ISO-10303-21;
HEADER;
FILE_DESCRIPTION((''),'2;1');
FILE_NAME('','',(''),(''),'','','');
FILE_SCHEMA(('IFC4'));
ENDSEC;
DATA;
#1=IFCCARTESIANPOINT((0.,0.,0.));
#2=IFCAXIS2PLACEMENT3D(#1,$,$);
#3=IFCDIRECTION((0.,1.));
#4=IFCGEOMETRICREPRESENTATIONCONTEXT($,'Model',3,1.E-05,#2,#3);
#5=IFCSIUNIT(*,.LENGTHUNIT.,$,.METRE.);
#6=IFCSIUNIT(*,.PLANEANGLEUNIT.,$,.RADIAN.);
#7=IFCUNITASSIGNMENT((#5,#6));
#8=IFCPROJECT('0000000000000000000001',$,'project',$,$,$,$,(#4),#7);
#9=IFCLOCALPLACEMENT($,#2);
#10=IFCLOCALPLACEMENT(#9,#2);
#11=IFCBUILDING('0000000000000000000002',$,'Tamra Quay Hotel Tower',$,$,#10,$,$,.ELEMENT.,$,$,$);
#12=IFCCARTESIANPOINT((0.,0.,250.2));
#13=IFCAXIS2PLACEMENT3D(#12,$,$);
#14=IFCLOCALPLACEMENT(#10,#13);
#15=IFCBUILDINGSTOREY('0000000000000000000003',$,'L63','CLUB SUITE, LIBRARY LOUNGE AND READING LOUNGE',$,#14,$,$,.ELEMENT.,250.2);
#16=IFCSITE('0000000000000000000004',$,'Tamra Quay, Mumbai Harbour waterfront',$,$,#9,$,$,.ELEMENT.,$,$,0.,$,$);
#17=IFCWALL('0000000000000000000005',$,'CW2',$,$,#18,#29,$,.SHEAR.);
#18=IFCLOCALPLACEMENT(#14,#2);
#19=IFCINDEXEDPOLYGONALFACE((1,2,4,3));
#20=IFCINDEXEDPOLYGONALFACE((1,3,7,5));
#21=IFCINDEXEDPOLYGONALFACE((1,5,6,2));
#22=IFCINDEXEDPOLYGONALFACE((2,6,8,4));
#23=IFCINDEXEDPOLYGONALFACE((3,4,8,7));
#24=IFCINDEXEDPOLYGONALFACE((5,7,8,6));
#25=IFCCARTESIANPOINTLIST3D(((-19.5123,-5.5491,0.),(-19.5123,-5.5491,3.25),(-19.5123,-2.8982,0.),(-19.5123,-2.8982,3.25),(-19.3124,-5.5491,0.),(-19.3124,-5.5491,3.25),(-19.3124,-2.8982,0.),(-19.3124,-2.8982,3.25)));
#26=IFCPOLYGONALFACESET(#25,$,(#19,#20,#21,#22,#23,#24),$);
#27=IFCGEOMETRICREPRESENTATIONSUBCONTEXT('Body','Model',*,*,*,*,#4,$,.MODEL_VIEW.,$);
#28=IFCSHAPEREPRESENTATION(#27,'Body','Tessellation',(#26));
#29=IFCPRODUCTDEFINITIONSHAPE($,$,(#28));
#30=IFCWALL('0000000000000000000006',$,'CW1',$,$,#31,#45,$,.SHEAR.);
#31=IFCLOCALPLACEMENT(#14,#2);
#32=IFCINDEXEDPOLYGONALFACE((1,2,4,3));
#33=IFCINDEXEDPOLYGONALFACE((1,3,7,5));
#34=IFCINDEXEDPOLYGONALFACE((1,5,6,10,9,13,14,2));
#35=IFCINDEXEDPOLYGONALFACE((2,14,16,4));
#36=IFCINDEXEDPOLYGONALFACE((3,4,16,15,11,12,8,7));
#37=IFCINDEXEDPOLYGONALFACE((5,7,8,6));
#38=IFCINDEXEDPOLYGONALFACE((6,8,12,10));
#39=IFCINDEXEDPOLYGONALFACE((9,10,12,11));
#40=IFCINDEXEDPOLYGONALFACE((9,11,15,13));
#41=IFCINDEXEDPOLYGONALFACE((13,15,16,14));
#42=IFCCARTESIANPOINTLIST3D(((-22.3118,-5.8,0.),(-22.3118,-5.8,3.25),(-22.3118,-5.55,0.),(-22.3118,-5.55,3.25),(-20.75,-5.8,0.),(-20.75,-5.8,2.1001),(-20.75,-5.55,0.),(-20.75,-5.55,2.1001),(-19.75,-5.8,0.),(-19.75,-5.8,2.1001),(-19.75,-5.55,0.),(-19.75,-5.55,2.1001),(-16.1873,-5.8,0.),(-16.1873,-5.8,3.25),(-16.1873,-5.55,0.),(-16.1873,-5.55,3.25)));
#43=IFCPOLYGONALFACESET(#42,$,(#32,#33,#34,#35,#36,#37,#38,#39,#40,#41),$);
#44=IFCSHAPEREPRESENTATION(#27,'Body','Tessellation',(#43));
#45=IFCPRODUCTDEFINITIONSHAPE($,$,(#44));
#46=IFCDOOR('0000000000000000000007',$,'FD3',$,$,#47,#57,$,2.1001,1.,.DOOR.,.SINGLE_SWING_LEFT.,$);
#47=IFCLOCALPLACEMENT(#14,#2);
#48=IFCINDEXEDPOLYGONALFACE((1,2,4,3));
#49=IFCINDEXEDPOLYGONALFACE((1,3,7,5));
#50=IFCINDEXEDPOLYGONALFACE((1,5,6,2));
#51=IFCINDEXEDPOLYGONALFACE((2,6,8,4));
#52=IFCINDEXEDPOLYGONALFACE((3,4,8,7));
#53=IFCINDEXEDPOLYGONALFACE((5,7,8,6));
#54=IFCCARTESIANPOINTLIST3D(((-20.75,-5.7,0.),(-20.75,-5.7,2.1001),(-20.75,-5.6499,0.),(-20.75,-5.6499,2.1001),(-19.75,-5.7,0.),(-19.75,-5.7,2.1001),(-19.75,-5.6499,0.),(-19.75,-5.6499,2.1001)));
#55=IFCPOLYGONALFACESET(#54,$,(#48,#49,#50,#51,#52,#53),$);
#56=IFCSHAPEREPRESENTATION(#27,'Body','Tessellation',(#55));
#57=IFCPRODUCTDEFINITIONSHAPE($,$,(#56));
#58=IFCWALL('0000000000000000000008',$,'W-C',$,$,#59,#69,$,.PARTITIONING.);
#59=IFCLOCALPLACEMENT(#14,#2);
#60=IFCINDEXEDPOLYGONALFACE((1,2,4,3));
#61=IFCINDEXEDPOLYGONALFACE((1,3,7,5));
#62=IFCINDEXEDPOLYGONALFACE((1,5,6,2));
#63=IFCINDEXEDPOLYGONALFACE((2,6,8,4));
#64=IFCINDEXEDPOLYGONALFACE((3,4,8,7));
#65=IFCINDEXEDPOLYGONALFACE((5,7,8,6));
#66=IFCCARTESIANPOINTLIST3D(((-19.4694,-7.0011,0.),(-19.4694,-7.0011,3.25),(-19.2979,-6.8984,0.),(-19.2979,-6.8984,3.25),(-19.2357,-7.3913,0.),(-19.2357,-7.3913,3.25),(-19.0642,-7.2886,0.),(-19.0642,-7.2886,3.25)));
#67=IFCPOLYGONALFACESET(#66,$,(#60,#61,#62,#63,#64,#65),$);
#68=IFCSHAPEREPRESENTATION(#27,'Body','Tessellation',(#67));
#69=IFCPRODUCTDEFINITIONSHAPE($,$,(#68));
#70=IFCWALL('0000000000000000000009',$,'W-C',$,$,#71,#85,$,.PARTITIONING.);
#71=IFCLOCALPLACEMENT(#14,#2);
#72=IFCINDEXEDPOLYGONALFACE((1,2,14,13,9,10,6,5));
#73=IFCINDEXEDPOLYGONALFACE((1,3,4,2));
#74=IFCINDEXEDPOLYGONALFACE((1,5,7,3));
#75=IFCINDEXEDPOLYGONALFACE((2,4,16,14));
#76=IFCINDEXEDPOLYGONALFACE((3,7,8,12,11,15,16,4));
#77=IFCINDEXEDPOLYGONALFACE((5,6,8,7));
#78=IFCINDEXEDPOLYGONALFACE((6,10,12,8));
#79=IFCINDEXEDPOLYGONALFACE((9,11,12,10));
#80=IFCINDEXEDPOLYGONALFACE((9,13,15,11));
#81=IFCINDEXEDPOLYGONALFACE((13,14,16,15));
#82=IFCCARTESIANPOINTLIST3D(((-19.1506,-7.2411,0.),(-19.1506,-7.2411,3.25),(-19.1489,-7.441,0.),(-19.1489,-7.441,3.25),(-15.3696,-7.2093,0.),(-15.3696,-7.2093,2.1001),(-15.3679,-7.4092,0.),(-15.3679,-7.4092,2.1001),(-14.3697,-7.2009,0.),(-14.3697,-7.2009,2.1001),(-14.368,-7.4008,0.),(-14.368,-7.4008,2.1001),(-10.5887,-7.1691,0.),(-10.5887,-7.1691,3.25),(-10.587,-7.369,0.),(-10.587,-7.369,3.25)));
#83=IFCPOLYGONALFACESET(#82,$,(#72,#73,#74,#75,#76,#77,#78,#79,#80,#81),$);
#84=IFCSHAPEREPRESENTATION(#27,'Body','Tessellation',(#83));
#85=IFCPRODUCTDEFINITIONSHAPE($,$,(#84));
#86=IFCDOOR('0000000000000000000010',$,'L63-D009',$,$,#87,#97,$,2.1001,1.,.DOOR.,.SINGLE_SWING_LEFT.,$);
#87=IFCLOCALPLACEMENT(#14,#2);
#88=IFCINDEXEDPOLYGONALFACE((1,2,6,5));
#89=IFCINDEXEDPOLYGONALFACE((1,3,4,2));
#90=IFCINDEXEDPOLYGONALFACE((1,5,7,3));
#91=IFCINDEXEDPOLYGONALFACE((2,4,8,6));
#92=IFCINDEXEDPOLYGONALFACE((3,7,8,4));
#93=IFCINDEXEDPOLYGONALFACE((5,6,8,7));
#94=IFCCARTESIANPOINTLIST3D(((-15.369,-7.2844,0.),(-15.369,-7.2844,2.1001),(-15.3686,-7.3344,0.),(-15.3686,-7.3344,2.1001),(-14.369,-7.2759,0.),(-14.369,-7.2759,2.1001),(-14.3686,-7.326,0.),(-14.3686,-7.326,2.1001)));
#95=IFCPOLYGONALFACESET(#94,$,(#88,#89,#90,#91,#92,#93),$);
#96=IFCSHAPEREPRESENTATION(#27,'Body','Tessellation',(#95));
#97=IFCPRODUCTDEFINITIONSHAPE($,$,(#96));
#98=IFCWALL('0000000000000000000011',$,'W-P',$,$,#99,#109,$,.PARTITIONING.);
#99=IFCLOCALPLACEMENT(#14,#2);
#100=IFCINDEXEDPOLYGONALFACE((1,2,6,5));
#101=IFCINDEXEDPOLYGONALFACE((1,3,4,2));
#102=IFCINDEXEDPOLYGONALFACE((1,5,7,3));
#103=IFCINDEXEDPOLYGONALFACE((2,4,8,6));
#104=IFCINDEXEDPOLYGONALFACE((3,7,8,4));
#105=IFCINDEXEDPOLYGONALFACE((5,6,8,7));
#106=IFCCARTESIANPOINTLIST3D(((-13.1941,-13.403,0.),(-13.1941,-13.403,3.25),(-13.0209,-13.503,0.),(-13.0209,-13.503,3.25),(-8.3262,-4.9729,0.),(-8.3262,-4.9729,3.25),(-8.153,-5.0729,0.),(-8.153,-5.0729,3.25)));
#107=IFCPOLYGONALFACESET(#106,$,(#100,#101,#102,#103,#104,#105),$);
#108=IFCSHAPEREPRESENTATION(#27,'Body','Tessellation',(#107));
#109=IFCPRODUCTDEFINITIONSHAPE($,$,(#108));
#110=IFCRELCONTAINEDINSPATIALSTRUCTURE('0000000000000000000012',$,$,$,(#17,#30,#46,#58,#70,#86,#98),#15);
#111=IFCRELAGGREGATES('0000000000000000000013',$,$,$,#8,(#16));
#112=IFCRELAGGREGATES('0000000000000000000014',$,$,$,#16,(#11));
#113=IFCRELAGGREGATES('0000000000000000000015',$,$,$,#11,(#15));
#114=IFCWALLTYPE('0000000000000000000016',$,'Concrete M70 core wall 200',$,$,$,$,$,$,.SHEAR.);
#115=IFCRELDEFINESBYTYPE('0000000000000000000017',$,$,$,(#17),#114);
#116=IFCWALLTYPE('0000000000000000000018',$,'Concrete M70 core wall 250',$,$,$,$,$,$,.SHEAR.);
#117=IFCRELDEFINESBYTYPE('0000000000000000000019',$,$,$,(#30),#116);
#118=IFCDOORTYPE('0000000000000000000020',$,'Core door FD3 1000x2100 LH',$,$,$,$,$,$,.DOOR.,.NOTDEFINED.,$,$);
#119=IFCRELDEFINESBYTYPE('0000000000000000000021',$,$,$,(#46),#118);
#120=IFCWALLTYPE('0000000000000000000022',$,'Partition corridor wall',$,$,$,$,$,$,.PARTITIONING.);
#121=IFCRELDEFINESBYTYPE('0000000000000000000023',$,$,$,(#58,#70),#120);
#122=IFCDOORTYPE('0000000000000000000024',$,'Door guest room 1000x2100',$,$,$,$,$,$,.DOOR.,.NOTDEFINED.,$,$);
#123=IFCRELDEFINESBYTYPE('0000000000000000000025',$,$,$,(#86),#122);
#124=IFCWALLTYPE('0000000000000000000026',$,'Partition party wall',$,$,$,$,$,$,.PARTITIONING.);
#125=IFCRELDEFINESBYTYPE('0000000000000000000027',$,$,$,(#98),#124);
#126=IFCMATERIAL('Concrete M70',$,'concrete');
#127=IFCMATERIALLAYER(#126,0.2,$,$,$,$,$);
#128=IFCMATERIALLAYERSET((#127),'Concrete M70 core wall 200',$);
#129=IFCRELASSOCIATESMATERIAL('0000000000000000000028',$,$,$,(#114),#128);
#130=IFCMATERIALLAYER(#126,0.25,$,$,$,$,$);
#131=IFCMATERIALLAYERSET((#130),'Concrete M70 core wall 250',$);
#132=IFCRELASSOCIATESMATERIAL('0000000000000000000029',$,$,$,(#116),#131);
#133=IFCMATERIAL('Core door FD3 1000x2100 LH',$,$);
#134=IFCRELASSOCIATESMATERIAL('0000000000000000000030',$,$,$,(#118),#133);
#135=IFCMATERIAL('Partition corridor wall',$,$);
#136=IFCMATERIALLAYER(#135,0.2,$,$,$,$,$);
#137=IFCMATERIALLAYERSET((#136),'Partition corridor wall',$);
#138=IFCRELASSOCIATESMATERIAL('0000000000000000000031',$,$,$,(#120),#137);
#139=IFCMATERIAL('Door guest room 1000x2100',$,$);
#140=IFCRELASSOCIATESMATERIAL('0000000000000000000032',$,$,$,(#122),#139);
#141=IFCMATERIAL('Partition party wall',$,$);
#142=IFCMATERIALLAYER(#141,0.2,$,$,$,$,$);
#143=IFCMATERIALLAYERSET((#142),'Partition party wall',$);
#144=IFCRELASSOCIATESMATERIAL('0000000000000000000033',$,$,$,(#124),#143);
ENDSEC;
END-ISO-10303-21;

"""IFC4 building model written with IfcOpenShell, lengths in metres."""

from ifc_helpers import new_model, si_unit, direction, frame, frame_2d, origin, place, context, subcontext, project, spatial, rectangle, extrude, material, layer, layer_set, type_object, element, fill, save


model = new_model("IFC4")

# Units and contexts
model_context = context("Model", 3, precision=1e-05, world=origin(), true_north=direction((0.0, 1.0)))
body_context = subcontext(model_context, "Body", "Model", "MODEL_VIEW")
ifc_project = project(units=[si_unit("LENGTHUNIT", "METRE"), si_unit("PLANEANGLEUNIT", "RADIAN")], contexts=[model_context])

# Site, building, storey
site_placement = place(None, origin())
site = spatial("IfcSite", under=ifc_project, at=site_placement, Name="Tamra Quay, Mumbai Harbour waterfront", CompositionType="ELEMENT", RefElevation=0.0)
building_placement = place(site_placement, origin())
building = spatial("IfcBuilding", under=site, at=building_placement, Name="Tamra Quay Hotel Tower", CompositionType="ELEMENT")
storey_placement = place(building_placement, frame((0.0, 0.0, 250.2)))
storey = spatial("IfcBuildingStorey", under=building, at=storey_placement, Name="L63", Description="CLUB SUITE, LIBRARY LOUNGE AND READING LOUNGE", CompositionType="ELEMENT", Elevation=250.2)

# Shared definitions
ifc_material_1 = material(Name="Concrete M70", Category="concrete")

# Shared definitions
ifc_layer_1 = layer(ifc_material_1, 0.2)
ifc_layer_set_1 = layer_set([ifc_layer_1], Name="Concrete M70 core wall 200")
wall_type_1 = type_object("IfcWallType", Name="Concrete M70 core wall 200", PredefinedType="SHEAR", material=ifc_layer_set_1)

# Wall
wall_1_placement = place(storey_placement, frame((-19.4124, -5.5491, 0.0), z_axis=(0.0, 0.0, 1.0), x_axis=(0.0, 1.0, 0.0)))
element("IfcWall", 1, at=wall_1_placement, inside=storey, type_object=wall_type_1, Name="CW2", PredefinedType="SHEAR", context=body_context, shape_type="SweptSolid", body=[
    extrude(rectangle(XDim=2.6509, YDim=0.2, at=frame_2d((1.3254, 0.0))), origin(), (0.0, 0.0, 1.0), 3.25),
])

# Wall, opening, door
ifc_layer_2 = layer(ifc_material_1, 0.25)
ifc_layer_set_2 = layer_set([ifc_layer_2], Name="Concrete M70 core wall 250")
wall_type_2 = type_object("IfcWallType", Name="Concrete M70 core wall 250", PredefinedType="SHEAR", material=ifc_layer_set_2)
wall_2_placement = place(storey_placement, frame((-16.1873, -5.675, 0.0), z_axis=(0.0, 0.0, 1.0), x_axis=(-1.0, 0.0, 0.0)))
wall_2 = element("IfcWall", 2, at=wall_2_placement, inside=storey, type_object=wall_type_2, Name="CW1", PredefinedType="SHEAR", context=body_context, shape_type="SweptSolid", body=[
    extrude(rectangle(XDim=6.1245, YDim=0.25, at=frame_2d((3.0623, 0.0))), origin(), (0.0, 0.0, 1.0), 3.25),
])
opening_1_placement = place(wall_2_placement, frame((3.5627, 0.0, 0.0)))
opening_1 = element("IfcOpeningElement", 3, at=opening_1_placement, cuts=wall_2, PredefinedType="OPENING", context=body_context, shape_type="SweptSolid", body=[
    extrude(rectangle(XDim=1.0, YDim=2.1001, at=frame_2d((0.5, 1.05))), frame((0.0, 0.135, 0.0), z_axis=(0.0, -1.0, 0.0), x_axis=(1.0, 0.0, 0.0)), (0.0, 0.0, 1.0), 0.27),
])
ifc_material_2 = material(Name="Core door FD3 1000x2100 LH")
door_type_1 = type_object("IfcDoorType", Name="Core door FD3 1000x2100 LH", OperationType="NOTDEFINED", PredefinedType="DOOR", material=ifc_material_2)
door_1_placement = place(opening_1_placement, origin())
door_1 = element("IfcDoor", 4, at=door_1_placement, inside=storey, type_object=door_type_1, Name="FD3", OperationType="SINGLE_SWING_LEFT", OverallHeight=2.1001, OverallWidth=1.0, PredefinedType="DOOR", context=body_context, shape_type="SweptSolid", body=[
    extrude(rectangle(XDim=1.0, YDim=2.1001, at=frame_2d((0.5, 1.05))), frame((0.0, 0.0249, 0.0), z_axis=(0.0, -1.0, 0.0), x_axis=(1.0, 0.0, 0.0)), (0.0, 0.0, 1.0), 0.05),
])
fill(opening_1, door_1)

# Wall
ifc_material_3 = material(Name="Partition corridor wall")
ifc_layer_3 = layer(ifc_material_3, 0.2)
ifc_layer_set_3 = layer_set([ifc_layer_3], Name="Partition corridor wall")
wall_type_3 = type_object("IfcWallType", Name="Partition corridor wall", PredefinedType="PARTITIONING", material=ifc_layer_set_3)
wall_3_placement = place(storey_placement, frame((-19.1499, -7.3401, 0.0), z_axis=(0.0, 0.0, 1.0), x_axis=(-0.513785, 0.857919, 0.0)))
element("IfcWall", 5, at=wall_3_placement, inside=storey, type_object=wall_type_3, Name="W-C", PredefinedType="PARTITIONING", context=body_context, shape_type="SweptSolid", body=[
    extrude(rectangle(XDim=0.4548, YDim=0.2, at=frame_2d((0.2275, 0.0))), origin(), (0.0, 0.0, 1.0), 3.25),
])

# Wall, opening, door
wall_4_placement = place(storey_placement, frame((-19.1499, -7.3411, 0.0), z_axis=(0.0, 0.0, 1.0), x_axis=(0.999965, 0.008411, 0.0)))
wall_4 = element("IfcWall", 6, at=wall_4_placement, inside=storey, type_object=wall_type_3, Name="W-C", PredefinedType="PARTITIONING", context=body_context, shape_type="SweptSolid", body=[
    extrude(rectangle(XDim=8.5623, YDim=0.2, at=frame_2d((4.2812, 0.0))), origin(), (0.0, 0.0, 1.0), 3.25),
])
opening_2_placement = place(wall_4_placement, frame((3.7812, 0.0, 0.0)))
opening_2 = element("IfcOpeningElement", 7, at=opening_2_placement, cuts=wall_4, PredefinedType="OPENING", context=body_context, shape_type="SweptSolid", body=[
    extrude(rectangle(XDim=1.0, YDim=2.1001, at=frame_2d((0.5, 1.05))), frame((0.0, 0.1099, 0.0), z_axis=(0.0, -1.0, 0.0), x_axis=(1.0, 0.0, 0.0)), (0.0, 0.0, 1.0), 0.22),
])
ifc_material_4 = material(Name="Door guest room 1000x2100")
door_type_2 = type_object("IfcDoorType", Name="Door guest room 1000x2100", OperationType="NOTDEFINED", PredefinedType="DOOR", material=ifc_material_4)
door_2_placement = place(opening_2_placement, origin())
door_2 = element("IfcDoor", 8, at=door_2_placement, inside=storey, type_object=door_type_2, Name="L63-D009", OperationType="SINGLE_SWING_LEFT", OverallHeight=2.1001, OverallWidth=1.0, PredefinedType="DOOR", context=body_context, shape_type="SweptSolid", body=[
    extrude(rectangle(XDim=1.0, YDim=2.1001, at=frame_2d((0.5, 1.05))), frame((0.0, 0.0249, 0.0), z_axis=(0.0, -1.0, 0.0), x_axis=(1.0, 0.0, 0.0)), (0.0, 0.0, 1.0), 0.05),
])
fill(opening_2, door_2)

# Wall
ifc_material_5 = material(Name="Partition party wall")
ifc_layer_4 = layer(ifc_material_5, 0.2)
ifc_layer_set_4 = layer_set([ifc_layer_4], Name="Partition party wall")
wall_type_4 = type_object("IfcWallType", Name="Partition party wall", PredefinedType="PARTITIONING", material=ifc_layer_set_4)
wall_5_placement = place(storey_placement, frame((-13.1074, -13.4529, 0.0), z_axis=(0.0, 0.0, 1.0), x_axis=(0.500058, 0.865992, 0.0)))
element("IfcWall", 9, at=wall_5_placement, inside=storey, type_object=wall_type_4, Name="W-P", PredefinedType="PARTITIONING", context=body_context, shape_type="SweptSolid", body=[
    extrude(rectangle(XDim=9.7346, YDim=0.2, at=frame_2d((4.8672, 0.0))), origin(), (0.0, 0.0, 1.0), 3.25),
])

save(model, "model.ifc")
